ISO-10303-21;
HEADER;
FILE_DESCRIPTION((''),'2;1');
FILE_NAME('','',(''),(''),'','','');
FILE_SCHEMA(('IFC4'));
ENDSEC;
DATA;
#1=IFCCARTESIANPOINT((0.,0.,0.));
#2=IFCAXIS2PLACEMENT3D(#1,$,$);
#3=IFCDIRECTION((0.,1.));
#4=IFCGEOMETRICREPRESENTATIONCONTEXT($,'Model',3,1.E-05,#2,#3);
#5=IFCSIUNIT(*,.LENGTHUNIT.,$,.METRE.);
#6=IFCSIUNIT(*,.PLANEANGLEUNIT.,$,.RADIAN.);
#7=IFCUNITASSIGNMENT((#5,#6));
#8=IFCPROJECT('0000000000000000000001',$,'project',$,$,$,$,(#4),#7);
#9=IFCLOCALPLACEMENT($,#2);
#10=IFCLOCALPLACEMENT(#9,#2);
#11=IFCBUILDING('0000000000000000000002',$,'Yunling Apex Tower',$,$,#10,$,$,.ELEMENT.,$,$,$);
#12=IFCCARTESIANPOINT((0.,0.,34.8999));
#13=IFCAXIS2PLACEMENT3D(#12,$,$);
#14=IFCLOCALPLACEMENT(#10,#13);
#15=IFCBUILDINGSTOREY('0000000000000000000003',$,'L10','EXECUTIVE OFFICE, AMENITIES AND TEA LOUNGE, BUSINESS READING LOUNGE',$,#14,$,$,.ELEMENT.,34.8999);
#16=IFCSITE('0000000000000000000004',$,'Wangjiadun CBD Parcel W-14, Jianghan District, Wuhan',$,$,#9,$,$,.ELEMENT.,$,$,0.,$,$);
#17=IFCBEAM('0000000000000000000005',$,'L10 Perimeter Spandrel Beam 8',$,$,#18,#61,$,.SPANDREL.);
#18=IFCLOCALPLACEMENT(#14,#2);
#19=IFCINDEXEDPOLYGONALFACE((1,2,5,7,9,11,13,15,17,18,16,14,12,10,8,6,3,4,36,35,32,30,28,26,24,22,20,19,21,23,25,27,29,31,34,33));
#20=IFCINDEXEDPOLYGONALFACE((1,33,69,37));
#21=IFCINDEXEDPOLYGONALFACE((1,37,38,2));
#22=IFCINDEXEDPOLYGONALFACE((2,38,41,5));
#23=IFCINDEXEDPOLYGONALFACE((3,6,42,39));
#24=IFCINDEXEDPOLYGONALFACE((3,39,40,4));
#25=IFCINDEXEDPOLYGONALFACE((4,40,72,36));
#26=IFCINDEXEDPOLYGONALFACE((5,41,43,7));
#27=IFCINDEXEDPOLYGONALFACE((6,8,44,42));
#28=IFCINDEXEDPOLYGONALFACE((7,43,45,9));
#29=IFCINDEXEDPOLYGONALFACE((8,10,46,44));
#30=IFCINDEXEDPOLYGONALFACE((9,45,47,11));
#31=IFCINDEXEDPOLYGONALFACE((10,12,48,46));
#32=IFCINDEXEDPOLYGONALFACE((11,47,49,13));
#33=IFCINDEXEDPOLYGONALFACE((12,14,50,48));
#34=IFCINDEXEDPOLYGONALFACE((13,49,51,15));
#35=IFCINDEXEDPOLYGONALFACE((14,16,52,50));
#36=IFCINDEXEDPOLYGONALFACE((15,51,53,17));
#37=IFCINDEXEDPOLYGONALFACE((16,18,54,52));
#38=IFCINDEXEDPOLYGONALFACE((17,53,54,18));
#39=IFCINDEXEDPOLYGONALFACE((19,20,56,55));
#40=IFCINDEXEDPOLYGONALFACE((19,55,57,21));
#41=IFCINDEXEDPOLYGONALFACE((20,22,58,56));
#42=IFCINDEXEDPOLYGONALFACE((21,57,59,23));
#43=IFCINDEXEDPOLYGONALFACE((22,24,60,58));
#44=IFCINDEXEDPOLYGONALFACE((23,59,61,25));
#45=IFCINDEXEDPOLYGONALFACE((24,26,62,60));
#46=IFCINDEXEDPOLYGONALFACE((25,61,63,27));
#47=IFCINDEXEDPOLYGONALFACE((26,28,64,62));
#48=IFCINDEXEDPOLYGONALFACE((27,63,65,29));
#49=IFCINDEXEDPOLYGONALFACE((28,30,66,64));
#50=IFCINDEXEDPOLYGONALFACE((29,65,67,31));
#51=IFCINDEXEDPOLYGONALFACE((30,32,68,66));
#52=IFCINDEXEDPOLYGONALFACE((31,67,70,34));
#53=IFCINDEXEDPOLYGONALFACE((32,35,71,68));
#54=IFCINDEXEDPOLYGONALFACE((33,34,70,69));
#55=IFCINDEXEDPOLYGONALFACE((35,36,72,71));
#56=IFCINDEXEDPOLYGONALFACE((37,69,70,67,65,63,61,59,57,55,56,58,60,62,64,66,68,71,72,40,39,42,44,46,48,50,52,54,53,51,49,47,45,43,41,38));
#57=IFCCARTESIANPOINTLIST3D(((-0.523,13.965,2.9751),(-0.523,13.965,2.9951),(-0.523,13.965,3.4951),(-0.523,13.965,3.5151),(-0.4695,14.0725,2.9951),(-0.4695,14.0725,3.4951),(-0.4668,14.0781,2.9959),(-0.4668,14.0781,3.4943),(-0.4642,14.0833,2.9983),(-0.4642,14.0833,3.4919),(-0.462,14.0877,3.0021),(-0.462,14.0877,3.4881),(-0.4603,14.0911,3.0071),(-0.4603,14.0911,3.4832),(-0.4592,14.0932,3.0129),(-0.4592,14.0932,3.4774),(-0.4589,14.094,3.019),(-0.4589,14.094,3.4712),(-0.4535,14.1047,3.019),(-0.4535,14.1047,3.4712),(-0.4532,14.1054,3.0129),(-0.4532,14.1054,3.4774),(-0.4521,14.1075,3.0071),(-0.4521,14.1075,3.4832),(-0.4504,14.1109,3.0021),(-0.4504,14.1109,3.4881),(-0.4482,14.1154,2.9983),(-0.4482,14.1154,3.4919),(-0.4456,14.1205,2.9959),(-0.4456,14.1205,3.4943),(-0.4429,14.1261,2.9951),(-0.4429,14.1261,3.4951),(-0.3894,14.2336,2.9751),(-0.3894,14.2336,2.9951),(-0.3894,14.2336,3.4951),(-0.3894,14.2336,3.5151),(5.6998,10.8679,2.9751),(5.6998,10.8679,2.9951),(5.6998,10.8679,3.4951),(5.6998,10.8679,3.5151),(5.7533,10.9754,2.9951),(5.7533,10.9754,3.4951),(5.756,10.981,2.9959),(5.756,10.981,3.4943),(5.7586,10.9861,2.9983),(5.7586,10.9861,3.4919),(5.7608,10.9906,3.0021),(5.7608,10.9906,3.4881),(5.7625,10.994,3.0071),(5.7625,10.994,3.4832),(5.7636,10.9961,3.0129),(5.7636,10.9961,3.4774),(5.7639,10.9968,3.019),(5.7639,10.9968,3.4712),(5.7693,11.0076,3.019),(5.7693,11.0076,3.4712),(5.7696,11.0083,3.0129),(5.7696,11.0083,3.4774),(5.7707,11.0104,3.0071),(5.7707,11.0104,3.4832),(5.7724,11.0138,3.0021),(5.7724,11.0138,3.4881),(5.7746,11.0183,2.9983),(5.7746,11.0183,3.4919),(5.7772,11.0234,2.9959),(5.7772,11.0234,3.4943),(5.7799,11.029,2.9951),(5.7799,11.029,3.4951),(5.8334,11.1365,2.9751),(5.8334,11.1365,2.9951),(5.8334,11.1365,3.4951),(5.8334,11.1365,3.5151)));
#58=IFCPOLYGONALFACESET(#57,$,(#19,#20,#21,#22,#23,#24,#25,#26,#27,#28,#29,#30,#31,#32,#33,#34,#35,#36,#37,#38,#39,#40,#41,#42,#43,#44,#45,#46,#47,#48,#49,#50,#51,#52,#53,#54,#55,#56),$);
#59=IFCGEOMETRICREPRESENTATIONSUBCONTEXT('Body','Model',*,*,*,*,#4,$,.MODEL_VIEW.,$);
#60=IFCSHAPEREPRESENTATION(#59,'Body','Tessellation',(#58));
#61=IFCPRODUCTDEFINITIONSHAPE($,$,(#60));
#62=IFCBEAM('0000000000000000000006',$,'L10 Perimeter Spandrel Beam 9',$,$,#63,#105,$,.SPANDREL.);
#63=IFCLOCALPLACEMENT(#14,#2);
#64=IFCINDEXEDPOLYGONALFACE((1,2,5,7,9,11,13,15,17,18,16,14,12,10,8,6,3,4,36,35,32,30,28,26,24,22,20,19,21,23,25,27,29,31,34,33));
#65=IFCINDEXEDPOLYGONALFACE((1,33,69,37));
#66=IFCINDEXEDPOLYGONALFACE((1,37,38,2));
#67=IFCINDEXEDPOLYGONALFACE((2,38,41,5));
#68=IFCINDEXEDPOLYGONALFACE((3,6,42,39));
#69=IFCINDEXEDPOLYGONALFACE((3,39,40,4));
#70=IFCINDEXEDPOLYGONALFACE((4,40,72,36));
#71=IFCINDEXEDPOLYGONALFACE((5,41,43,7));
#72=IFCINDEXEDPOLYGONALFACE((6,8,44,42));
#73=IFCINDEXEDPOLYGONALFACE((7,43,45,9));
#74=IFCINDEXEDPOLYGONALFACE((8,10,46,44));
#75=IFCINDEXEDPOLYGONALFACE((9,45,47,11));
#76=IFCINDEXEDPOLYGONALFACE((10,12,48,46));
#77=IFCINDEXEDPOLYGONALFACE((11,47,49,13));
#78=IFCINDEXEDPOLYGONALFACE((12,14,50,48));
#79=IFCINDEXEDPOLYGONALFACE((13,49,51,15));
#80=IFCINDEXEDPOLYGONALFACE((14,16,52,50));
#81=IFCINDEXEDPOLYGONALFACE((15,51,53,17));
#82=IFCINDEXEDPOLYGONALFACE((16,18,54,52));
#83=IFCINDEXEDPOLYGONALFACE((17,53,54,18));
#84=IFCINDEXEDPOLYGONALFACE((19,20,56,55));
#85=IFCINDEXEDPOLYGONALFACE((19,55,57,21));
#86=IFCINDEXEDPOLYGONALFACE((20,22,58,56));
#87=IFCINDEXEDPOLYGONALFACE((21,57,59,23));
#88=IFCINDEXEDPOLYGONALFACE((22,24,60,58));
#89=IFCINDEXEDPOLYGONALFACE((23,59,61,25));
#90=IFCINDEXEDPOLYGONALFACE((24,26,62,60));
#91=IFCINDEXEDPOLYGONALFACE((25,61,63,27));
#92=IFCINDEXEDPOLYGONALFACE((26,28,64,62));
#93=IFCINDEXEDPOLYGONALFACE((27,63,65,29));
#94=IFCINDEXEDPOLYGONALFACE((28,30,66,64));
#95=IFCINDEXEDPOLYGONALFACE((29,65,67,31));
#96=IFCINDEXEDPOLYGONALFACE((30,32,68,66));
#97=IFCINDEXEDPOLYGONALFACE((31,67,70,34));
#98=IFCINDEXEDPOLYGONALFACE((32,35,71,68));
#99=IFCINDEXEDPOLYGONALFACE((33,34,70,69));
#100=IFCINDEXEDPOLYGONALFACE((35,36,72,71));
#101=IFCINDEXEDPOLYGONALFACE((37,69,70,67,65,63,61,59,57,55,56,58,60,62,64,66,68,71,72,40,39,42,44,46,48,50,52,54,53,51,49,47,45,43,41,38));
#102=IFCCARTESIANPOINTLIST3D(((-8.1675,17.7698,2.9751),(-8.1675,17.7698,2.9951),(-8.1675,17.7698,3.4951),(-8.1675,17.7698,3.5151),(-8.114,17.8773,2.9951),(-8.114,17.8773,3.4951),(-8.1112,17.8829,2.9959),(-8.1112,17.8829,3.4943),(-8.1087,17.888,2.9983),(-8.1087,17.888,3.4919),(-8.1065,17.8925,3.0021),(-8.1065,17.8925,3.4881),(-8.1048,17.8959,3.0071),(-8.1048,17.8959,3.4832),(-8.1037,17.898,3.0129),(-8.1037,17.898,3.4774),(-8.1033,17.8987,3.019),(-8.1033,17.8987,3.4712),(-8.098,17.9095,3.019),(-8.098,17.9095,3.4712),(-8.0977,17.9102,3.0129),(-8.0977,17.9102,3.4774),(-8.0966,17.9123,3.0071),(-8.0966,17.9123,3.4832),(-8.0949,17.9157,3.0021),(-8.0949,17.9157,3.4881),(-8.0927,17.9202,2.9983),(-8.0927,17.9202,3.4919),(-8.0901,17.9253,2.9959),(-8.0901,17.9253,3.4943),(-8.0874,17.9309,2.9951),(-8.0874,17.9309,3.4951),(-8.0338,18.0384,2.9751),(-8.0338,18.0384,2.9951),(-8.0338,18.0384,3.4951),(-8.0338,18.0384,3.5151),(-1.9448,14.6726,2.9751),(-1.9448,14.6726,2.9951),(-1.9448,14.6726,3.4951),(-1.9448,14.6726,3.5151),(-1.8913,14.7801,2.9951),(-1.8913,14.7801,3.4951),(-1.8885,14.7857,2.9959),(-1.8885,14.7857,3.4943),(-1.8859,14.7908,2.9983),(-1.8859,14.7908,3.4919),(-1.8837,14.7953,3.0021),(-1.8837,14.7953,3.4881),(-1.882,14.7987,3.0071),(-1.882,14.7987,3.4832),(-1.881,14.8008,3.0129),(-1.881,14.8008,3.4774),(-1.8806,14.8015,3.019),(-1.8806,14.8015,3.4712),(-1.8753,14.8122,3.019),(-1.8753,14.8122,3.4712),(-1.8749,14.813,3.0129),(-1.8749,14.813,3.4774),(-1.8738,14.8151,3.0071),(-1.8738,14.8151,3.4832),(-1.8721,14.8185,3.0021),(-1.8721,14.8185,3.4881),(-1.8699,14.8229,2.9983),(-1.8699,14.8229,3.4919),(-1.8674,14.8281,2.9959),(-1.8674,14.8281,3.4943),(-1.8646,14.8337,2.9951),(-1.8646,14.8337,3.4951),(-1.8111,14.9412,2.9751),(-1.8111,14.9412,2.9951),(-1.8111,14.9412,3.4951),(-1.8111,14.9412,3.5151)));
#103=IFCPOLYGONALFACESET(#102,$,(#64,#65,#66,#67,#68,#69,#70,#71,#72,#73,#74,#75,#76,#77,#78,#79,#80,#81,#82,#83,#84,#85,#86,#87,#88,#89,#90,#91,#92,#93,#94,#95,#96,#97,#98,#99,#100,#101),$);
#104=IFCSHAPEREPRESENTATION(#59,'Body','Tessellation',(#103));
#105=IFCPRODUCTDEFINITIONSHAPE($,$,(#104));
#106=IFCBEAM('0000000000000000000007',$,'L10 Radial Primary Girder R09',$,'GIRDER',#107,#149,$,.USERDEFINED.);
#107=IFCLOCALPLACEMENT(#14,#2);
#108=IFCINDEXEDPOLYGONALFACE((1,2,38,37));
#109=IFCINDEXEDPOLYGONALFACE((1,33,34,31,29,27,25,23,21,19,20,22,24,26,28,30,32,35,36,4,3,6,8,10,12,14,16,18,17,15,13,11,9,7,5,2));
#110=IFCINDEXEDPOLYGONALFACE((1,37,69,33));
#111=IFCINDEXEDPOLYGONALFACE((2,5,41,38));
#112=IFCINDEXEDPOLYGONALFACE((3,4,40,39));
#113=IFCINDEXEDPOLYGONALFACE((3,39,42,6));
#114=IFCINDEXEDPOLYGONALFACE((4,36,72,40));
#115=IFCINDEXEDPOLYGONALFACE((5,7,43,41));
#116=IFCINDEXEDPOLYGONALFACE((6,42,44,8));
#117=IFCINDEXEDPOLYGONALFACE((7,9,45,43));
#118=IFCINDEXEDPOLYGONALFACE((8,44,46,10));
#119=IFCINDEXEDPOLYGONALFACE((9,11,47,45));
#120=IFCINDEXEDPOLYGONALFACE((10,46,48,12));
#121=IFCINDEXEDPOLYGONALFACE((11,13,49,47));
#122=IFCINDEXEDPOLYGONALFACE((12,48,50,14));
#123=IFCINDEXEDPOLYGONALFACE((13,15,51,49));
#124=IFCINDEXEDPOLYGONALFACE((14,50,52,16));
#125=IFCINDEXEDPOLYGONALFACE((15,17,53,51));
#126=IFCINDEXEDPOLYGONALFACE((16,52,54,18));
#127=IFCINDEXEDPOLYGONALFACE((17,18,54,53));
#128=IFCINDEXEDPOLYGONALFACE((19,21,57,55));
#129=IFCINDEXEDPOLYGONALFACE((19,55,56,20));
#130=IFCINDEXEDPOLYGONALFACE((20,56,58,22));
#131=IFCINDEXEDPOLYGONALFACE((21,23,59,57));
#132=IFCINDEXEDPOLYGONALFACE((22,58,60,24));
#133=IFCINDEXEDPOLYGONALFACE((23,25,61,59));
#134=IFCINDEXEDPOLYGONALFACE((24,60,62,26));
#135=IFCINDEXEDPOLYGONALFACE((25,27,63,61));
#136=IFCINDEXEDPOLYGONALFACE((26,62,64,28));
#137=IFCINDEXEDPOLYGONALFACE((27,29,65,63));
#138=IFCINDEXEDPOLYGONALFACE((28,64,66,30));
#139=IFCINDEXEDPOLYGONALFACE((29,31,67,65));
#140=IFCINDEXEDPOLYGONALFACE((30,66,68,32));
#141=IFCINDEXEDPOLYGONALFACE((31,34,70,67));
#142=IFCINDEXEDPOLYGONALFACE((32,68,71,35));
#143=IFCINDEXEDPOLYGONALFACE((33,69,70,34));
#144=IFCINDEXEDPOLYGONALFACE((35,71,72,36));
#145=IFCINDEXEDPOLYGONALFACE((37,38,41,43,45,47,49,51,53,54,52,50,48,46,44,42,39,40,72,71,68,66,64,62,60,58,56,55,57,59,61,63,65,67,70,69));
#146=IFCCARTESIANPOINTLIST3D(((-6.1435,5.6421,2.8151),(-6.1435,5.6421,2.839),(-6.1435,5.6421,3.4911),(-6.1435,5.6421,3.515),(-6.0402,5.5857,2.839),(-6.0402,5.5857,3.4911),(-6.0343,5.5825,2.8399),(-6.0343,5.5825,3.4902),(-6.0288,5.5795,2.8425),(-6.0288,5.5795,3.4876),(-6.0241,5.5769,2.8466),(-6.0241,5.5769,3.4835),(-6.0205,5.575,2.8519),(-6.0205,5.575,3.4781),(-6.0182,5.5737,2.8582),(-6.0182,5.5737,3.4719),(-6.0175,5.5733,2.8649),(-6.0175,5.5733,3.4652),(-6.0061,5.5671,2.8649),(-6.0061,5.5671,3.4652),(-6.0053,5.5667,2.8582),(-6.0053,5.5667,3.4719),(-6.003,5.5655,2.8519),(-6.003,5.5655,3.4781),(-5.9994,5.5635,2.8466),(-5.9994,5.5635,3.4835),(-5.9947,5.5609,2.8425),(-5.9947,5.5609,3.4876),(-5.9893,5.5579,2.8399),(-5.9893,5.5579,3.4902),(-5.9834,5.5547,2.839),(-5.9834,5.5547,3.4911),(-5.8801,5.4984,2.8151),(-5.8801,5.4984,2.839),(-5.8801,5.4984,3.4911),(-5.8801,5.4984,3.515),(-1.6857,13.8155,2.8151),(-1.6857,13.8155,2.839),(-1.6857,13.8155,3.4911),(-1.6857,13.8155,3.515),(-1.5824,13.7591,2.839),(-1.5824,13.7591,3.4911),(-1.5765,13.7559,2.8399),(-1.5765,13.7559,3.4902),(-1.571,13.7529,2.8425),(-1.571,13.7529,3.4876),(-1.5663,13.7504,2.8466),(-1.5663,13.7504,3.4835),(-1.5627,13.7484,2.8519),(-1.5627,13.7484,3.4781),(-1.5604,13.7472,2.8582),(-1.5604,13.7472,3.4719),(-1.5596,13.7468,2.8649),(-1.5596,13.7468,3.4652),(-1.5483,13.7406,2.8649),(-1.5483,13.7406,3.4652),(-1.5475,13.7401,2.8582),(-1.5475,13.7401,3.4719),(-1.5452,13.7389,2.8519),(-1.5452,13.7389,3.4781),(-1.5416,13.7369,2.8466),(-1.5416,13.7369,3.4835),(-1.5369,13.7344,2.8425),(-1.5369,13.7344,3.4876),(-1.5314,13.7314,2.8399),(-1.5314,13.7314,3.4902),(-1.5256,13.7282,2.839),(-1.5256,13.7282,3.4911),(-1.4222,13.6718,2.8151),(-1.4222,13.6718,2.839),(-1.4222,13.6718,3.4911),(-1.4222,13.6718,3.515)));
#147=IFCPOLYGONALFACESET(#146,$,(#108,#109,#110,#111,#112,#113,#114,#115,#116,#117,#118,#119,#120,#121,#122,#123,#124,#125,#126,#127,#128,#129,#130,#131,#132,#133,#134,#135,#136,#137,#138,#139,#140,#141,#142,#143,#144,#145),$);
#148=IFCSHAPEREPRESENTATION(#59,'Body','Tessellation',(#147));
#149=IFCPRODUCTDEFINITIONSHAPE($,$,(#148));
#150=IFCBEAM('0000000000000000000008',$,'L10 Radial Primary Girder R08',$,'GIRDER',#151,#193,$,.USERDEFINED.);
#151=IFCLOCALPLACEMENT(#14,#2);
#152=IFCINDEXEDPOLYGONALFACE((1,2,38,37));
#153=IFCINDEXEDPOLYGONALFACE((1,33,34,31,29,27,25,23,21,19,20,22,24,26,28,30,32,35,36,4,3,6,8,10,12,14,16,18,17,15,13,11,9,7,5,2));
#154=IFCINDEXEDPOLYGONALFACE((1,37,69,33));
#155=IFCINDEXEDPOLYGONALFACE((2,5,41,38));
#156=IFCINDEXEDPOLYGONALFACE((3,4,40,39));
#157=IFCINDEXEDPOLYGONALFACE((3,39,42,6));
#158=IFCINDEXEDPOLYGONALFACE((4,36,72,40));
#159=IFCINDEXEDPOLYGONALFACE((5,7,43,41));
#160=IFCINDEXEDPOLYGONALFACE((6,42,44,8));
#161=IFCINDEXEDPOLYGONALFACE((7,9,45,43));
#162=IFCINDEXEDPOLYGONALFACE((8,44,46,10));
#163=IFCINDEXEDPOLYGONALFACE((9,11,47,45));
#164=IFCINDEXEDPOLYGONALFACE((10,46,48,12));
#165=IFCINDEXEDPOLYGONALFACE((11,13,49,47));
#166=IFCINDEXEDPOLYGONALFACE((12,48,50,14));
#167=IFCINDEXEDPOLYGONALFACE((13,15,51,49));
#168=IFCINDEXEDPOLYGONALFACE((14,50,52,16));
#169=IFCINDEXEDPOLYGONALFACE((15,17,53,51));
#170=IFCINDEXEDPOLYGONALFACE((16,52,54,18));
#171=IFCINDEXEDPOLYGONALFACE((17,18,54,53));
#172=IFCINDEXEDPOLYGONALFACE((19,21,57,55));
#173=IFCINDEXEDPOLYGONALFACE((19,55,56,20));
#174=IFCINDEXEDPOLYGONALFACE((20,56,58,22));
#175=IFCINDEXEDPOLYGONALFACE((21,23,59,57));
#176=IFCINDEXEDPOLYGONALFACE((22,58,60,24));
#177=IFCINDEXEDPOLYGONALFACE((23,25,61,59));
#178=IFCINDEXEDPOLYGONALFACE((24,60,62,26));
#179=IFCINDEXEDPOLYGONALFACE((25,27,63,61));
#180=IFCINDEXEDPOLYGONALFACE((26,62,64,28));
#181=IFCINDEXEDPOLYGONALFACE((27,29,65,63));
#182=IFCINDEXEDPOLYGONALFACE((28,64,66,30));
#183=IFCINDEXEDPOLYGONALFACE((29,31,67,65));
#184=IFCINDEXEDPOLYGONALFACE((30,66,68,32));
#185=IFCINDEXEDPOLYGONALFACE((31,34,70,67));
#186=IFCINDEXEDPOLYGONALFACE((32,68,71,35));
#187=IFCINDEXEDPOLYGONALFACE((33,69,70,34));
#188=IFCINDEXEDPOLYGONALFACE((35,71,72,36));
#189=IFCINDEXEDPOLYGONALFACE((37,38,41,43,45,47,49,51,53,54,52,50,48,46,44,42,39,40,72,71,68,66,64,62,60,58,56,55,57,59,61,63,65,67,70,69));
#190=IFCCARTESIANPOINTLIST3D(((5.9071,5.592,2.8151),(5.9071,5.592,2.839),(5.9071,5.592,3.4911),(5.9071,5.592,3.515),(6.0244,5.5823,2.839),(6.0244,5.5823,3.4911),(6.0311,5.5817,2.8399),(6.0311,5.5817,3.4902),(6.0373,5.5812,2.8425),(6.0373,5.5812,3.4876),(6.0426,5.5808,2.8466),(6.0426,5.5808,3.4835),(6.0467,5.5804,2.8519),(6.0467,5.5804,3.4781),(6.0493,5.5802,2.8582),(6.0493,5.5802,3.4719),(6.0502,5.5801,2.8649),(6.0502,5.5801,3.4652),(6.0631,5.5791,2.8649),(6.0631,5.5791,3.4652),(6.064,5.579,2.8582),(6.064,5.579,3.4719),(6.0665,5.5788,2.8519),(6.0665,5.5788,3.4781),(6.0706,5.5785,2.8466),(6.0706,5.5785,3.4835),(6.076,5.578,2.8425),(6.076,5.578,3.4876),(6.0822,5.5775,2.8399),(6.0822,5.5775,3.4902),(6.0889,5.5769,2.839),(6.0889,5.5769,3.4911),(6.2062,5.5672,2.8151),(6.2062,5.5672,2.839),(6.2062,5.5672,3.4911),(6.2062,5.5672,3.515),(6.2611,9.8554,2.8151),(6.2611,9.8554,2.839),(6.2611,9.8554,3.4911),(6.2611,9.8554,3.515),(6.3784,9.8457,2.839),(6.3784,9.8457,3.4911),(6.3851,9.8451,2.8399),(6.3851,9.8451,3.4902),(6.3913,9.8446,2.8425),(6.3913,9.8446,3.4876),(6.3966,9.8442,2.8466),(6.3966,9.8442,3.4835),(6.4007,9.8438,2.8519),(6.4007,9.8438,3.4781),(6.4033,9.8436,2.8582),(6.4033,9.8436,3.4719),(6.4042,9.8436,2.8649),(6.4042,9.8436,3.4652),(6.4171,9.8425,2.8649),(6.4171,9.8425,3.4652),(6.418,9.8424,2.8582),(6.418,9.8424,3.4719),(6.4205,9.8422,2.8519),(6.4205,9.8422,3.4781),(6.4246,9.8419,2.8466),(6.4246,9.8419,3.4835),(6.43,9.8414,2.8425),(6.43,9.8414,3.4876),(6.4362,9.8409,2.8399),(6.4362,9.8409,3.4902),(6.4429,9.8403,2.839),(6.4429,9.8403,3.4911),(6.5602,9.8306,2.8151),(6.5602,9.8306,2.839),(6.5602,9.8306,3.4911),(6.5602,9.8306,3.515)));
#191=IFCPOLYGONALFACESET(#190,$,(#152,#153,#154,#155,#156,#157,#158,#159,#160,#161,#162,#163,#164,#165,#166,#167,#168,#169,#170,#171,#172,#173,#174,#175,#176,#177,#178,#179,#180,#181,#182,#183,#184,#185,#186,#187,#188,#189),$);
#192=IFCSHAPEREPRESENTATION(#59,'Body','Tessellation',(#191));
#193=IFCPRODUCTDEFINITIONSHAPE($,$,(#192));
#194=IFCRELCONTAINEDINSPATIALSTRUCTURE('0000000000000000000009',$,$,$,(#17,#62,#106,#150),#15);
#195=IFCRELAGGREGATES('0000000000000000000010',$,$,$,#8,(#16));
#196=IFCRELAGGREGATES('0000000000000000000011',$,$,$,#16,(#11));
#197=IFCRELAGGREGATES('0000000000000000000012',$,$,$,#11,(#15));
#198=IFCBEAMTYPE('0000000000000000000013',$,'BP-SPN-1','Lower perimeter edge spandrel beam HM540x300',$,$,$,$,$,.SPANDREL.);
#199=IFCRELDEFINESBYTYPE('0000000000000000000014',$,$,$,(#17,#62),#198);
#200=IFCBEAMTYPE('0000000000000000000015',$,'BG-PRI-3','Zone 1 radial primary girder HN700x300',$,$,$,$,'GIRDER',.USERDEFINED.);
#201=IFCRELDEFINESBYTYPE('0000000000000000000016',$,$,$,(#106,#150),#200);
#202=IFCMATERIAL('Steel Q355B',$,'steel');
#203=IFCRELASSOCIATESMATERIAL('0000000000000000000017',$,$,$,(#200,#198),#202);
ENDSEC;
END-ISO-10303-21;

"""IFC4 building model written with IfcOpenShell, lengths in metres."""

from ifc_helpers import new_model, si_unit, direction, frame, origin, origin_2d, place, context, subcontext, project, spatial, i_section, extrude, source, transform, mapped, material, material_profile, profile_set, type_object, element, save


model = new_model("IFC4")

# Units and contexts
model_context = context("Model", 3, precision=1e-05, world=origin(), true_north=direction((0.0, 1.0)))
body_context = subcontext(model_context, "Body", "Model", "MODEL_VIEW")
ifc_project = project(units=[si_unit("LENGTHUNIT", "METRE"), si_unit("PLANEANGLEUNIT", "RADIAN")], contexts=[model_context])

# Site, building, storey
site_placement = place(None, origin())
site = spatial("IfcSite", under=ifc_project, at=site_placement, Name="Wangjiadun CBD Parcel W-14, Jianghan District, Wuhan", CompositionType="ELEMENT", RefElevation=0.0)
building_placement = place(site_placement, origin())
building = spatial("IfcBuilding", under=site, at=building_placement, Name="Yunling Apex Tower", CompositionType="ELEMENT")
storey_placement = place(building_placement, frame((0.0, 0.0, 34.8999)))
storey = spatial("IfcBuildingStorey", under=building, at=storey_placement, Name="L10", Description="EXECUTIVE OFFICE, AMENITIES AND TEA LOUNGE, BUSINESS READING LOUNGE", CompositionType="ELEMENT", Elevation=34.8999)

# Beams
ifc_material_1 = material(Name="Steel Q355B", Category="steel")
ifc_material_profile_1 = material_profile(ifc_material_1, i_section(OverallWidth=0.3, OverallDepth=0.7, WebThickness=0.0129, FlangeThickness=0.0239, FilletRadius=0.0259, at=origin_2d()))
ifc_profile_set_1 = profile_set([ifc_material_profile_1], Name="Steel Q355B")
beam_type_1 = type_object("IfcBeamType", Name="BG-PRI-3", Description="Zone 1 radial primary girder HN700x300", ElementType="GIRDER", PredefinedType="USERDEFINED", material=ifc_profile_set_1)
ifc_material_profile_2 = material_profile(ifc_material_1, i_section(OverallWidth=0.3, OverallDepth=0.54, WebThickness=0.012, FlangeThickness=0.02, FilletRadius=0.0239, at=origin_2d()))
ifc_profile_set_2 = profile_set([ifc_material_profile_2], Name="Steel Q355B")
beam_type_2 = type_object("IfcBeamType", Name="BP-SPN-1", Description="Lower perimeter edge spandrel beam HM540x300", PredefinedType="SPANDREL", material=ifc_profile_set_2)
shared_shape_1 = source(origin(), body_context, "Body", "SweptSolid", [
    extrude(i_section(OverallWidth=0.3, OverallDepth=0.54, WebThickness=0.012, FlangeThickness=0.02, FilletRadius=0.0239, at=origin_2d()), origin(), (0.0, 0.0, 1.0), 6.9509),
])
for number, where, z_axis, x_axis, name in (
    (1, (5.7666, 11.0022, 3.2451), (-0.895248, 0.445569, 0.0), (-0.445569, -0.895248, 0.0), "L10 Perimeter Spandrel Beam 8"),
    (2, (-1.8779, 14.8069, 3.2451), (-0.895241, 0.445583, 0.0), (-0.445583, -0.895241, 0.0), "L10 Perimeter Spandrel Beam 9"),
):
    element("IfcBeam", number, at=place(storey_placement, frame(where, z_axis=z_axis, x_axis=x_axis)), inside=storey, type_object=beam_type_2, Name=name, PredefinedType="SPANDREL", context=body_context, shape_type="MappedRepresentation", body=[
        mapped(shared_shape_1, transform((0.0, 0.0, 0.0), scale=1.0)),
    ])
shared_shape_2 = source(origin(), body_context, "Body", "SweptSolid", [
    extrude(i_section(OverallWidth=0.3, OverallDepth=0.7, WebThickness=0.0129, FlangeThickness=0.0239, FilletRadius=0.0259, at=origin_2d()), origin(), (0.0, 0.0, 1.0), 9.3101),
])
beam_1_placement = place(storey_placement, frame((-1.554, 13.7437, 3.165), z_axis=(-0.478817, -0.877915, 0.0), x_axis=(0.877915, -0.478817, 0.0)))
element("IfcBeam", 3, at=beam_1_placement, inside=storey, type_object=beam_type_1, Name="L10 Radial Primary Girder R09", ObjectType="GIRDER", PredefinedType="USERDEFINED", context=body_context, shape_type="MappedRepresentation", body=[
    mapped(shared_shape_2, transform((0.0, 0.0, 0.0), scale=1.0)),
])
shared_shape_3 = source(origin(), body_context, "Body", "SweptSolid", [
    extrude(i_section(OverallWidth=0.3, OverallDepth=0.7, WebThickness=0.0129, FlangeThickness=0.0239, FilletRadius=0.0259, at=origin_2d()), origin(), (0.0, 0.0, 1.0), 4.2781),
])
beam_2_placement = place(storey_placement, frame((6.4106, 9.843, 3.165), z_axis=(-0.082748, -0.996571, 0.0), x_axis=(0.996571, -0.082748, 0.0)))
element("IfcBeam", 4, at=beam_2_placement, inside=storey, type_object=beam_type_1, Name="L10 Radial Primary Girder R08", ObjectType="GIRDER", PredefinedType="USERDEFINED", context=body_context, shape_type="MappedRepresentation", body=[
    mapped(shared_shape_3, transform((0.0, 0.0, 0.0), scale=1.0)),
])

save(model, "model.ifc")
